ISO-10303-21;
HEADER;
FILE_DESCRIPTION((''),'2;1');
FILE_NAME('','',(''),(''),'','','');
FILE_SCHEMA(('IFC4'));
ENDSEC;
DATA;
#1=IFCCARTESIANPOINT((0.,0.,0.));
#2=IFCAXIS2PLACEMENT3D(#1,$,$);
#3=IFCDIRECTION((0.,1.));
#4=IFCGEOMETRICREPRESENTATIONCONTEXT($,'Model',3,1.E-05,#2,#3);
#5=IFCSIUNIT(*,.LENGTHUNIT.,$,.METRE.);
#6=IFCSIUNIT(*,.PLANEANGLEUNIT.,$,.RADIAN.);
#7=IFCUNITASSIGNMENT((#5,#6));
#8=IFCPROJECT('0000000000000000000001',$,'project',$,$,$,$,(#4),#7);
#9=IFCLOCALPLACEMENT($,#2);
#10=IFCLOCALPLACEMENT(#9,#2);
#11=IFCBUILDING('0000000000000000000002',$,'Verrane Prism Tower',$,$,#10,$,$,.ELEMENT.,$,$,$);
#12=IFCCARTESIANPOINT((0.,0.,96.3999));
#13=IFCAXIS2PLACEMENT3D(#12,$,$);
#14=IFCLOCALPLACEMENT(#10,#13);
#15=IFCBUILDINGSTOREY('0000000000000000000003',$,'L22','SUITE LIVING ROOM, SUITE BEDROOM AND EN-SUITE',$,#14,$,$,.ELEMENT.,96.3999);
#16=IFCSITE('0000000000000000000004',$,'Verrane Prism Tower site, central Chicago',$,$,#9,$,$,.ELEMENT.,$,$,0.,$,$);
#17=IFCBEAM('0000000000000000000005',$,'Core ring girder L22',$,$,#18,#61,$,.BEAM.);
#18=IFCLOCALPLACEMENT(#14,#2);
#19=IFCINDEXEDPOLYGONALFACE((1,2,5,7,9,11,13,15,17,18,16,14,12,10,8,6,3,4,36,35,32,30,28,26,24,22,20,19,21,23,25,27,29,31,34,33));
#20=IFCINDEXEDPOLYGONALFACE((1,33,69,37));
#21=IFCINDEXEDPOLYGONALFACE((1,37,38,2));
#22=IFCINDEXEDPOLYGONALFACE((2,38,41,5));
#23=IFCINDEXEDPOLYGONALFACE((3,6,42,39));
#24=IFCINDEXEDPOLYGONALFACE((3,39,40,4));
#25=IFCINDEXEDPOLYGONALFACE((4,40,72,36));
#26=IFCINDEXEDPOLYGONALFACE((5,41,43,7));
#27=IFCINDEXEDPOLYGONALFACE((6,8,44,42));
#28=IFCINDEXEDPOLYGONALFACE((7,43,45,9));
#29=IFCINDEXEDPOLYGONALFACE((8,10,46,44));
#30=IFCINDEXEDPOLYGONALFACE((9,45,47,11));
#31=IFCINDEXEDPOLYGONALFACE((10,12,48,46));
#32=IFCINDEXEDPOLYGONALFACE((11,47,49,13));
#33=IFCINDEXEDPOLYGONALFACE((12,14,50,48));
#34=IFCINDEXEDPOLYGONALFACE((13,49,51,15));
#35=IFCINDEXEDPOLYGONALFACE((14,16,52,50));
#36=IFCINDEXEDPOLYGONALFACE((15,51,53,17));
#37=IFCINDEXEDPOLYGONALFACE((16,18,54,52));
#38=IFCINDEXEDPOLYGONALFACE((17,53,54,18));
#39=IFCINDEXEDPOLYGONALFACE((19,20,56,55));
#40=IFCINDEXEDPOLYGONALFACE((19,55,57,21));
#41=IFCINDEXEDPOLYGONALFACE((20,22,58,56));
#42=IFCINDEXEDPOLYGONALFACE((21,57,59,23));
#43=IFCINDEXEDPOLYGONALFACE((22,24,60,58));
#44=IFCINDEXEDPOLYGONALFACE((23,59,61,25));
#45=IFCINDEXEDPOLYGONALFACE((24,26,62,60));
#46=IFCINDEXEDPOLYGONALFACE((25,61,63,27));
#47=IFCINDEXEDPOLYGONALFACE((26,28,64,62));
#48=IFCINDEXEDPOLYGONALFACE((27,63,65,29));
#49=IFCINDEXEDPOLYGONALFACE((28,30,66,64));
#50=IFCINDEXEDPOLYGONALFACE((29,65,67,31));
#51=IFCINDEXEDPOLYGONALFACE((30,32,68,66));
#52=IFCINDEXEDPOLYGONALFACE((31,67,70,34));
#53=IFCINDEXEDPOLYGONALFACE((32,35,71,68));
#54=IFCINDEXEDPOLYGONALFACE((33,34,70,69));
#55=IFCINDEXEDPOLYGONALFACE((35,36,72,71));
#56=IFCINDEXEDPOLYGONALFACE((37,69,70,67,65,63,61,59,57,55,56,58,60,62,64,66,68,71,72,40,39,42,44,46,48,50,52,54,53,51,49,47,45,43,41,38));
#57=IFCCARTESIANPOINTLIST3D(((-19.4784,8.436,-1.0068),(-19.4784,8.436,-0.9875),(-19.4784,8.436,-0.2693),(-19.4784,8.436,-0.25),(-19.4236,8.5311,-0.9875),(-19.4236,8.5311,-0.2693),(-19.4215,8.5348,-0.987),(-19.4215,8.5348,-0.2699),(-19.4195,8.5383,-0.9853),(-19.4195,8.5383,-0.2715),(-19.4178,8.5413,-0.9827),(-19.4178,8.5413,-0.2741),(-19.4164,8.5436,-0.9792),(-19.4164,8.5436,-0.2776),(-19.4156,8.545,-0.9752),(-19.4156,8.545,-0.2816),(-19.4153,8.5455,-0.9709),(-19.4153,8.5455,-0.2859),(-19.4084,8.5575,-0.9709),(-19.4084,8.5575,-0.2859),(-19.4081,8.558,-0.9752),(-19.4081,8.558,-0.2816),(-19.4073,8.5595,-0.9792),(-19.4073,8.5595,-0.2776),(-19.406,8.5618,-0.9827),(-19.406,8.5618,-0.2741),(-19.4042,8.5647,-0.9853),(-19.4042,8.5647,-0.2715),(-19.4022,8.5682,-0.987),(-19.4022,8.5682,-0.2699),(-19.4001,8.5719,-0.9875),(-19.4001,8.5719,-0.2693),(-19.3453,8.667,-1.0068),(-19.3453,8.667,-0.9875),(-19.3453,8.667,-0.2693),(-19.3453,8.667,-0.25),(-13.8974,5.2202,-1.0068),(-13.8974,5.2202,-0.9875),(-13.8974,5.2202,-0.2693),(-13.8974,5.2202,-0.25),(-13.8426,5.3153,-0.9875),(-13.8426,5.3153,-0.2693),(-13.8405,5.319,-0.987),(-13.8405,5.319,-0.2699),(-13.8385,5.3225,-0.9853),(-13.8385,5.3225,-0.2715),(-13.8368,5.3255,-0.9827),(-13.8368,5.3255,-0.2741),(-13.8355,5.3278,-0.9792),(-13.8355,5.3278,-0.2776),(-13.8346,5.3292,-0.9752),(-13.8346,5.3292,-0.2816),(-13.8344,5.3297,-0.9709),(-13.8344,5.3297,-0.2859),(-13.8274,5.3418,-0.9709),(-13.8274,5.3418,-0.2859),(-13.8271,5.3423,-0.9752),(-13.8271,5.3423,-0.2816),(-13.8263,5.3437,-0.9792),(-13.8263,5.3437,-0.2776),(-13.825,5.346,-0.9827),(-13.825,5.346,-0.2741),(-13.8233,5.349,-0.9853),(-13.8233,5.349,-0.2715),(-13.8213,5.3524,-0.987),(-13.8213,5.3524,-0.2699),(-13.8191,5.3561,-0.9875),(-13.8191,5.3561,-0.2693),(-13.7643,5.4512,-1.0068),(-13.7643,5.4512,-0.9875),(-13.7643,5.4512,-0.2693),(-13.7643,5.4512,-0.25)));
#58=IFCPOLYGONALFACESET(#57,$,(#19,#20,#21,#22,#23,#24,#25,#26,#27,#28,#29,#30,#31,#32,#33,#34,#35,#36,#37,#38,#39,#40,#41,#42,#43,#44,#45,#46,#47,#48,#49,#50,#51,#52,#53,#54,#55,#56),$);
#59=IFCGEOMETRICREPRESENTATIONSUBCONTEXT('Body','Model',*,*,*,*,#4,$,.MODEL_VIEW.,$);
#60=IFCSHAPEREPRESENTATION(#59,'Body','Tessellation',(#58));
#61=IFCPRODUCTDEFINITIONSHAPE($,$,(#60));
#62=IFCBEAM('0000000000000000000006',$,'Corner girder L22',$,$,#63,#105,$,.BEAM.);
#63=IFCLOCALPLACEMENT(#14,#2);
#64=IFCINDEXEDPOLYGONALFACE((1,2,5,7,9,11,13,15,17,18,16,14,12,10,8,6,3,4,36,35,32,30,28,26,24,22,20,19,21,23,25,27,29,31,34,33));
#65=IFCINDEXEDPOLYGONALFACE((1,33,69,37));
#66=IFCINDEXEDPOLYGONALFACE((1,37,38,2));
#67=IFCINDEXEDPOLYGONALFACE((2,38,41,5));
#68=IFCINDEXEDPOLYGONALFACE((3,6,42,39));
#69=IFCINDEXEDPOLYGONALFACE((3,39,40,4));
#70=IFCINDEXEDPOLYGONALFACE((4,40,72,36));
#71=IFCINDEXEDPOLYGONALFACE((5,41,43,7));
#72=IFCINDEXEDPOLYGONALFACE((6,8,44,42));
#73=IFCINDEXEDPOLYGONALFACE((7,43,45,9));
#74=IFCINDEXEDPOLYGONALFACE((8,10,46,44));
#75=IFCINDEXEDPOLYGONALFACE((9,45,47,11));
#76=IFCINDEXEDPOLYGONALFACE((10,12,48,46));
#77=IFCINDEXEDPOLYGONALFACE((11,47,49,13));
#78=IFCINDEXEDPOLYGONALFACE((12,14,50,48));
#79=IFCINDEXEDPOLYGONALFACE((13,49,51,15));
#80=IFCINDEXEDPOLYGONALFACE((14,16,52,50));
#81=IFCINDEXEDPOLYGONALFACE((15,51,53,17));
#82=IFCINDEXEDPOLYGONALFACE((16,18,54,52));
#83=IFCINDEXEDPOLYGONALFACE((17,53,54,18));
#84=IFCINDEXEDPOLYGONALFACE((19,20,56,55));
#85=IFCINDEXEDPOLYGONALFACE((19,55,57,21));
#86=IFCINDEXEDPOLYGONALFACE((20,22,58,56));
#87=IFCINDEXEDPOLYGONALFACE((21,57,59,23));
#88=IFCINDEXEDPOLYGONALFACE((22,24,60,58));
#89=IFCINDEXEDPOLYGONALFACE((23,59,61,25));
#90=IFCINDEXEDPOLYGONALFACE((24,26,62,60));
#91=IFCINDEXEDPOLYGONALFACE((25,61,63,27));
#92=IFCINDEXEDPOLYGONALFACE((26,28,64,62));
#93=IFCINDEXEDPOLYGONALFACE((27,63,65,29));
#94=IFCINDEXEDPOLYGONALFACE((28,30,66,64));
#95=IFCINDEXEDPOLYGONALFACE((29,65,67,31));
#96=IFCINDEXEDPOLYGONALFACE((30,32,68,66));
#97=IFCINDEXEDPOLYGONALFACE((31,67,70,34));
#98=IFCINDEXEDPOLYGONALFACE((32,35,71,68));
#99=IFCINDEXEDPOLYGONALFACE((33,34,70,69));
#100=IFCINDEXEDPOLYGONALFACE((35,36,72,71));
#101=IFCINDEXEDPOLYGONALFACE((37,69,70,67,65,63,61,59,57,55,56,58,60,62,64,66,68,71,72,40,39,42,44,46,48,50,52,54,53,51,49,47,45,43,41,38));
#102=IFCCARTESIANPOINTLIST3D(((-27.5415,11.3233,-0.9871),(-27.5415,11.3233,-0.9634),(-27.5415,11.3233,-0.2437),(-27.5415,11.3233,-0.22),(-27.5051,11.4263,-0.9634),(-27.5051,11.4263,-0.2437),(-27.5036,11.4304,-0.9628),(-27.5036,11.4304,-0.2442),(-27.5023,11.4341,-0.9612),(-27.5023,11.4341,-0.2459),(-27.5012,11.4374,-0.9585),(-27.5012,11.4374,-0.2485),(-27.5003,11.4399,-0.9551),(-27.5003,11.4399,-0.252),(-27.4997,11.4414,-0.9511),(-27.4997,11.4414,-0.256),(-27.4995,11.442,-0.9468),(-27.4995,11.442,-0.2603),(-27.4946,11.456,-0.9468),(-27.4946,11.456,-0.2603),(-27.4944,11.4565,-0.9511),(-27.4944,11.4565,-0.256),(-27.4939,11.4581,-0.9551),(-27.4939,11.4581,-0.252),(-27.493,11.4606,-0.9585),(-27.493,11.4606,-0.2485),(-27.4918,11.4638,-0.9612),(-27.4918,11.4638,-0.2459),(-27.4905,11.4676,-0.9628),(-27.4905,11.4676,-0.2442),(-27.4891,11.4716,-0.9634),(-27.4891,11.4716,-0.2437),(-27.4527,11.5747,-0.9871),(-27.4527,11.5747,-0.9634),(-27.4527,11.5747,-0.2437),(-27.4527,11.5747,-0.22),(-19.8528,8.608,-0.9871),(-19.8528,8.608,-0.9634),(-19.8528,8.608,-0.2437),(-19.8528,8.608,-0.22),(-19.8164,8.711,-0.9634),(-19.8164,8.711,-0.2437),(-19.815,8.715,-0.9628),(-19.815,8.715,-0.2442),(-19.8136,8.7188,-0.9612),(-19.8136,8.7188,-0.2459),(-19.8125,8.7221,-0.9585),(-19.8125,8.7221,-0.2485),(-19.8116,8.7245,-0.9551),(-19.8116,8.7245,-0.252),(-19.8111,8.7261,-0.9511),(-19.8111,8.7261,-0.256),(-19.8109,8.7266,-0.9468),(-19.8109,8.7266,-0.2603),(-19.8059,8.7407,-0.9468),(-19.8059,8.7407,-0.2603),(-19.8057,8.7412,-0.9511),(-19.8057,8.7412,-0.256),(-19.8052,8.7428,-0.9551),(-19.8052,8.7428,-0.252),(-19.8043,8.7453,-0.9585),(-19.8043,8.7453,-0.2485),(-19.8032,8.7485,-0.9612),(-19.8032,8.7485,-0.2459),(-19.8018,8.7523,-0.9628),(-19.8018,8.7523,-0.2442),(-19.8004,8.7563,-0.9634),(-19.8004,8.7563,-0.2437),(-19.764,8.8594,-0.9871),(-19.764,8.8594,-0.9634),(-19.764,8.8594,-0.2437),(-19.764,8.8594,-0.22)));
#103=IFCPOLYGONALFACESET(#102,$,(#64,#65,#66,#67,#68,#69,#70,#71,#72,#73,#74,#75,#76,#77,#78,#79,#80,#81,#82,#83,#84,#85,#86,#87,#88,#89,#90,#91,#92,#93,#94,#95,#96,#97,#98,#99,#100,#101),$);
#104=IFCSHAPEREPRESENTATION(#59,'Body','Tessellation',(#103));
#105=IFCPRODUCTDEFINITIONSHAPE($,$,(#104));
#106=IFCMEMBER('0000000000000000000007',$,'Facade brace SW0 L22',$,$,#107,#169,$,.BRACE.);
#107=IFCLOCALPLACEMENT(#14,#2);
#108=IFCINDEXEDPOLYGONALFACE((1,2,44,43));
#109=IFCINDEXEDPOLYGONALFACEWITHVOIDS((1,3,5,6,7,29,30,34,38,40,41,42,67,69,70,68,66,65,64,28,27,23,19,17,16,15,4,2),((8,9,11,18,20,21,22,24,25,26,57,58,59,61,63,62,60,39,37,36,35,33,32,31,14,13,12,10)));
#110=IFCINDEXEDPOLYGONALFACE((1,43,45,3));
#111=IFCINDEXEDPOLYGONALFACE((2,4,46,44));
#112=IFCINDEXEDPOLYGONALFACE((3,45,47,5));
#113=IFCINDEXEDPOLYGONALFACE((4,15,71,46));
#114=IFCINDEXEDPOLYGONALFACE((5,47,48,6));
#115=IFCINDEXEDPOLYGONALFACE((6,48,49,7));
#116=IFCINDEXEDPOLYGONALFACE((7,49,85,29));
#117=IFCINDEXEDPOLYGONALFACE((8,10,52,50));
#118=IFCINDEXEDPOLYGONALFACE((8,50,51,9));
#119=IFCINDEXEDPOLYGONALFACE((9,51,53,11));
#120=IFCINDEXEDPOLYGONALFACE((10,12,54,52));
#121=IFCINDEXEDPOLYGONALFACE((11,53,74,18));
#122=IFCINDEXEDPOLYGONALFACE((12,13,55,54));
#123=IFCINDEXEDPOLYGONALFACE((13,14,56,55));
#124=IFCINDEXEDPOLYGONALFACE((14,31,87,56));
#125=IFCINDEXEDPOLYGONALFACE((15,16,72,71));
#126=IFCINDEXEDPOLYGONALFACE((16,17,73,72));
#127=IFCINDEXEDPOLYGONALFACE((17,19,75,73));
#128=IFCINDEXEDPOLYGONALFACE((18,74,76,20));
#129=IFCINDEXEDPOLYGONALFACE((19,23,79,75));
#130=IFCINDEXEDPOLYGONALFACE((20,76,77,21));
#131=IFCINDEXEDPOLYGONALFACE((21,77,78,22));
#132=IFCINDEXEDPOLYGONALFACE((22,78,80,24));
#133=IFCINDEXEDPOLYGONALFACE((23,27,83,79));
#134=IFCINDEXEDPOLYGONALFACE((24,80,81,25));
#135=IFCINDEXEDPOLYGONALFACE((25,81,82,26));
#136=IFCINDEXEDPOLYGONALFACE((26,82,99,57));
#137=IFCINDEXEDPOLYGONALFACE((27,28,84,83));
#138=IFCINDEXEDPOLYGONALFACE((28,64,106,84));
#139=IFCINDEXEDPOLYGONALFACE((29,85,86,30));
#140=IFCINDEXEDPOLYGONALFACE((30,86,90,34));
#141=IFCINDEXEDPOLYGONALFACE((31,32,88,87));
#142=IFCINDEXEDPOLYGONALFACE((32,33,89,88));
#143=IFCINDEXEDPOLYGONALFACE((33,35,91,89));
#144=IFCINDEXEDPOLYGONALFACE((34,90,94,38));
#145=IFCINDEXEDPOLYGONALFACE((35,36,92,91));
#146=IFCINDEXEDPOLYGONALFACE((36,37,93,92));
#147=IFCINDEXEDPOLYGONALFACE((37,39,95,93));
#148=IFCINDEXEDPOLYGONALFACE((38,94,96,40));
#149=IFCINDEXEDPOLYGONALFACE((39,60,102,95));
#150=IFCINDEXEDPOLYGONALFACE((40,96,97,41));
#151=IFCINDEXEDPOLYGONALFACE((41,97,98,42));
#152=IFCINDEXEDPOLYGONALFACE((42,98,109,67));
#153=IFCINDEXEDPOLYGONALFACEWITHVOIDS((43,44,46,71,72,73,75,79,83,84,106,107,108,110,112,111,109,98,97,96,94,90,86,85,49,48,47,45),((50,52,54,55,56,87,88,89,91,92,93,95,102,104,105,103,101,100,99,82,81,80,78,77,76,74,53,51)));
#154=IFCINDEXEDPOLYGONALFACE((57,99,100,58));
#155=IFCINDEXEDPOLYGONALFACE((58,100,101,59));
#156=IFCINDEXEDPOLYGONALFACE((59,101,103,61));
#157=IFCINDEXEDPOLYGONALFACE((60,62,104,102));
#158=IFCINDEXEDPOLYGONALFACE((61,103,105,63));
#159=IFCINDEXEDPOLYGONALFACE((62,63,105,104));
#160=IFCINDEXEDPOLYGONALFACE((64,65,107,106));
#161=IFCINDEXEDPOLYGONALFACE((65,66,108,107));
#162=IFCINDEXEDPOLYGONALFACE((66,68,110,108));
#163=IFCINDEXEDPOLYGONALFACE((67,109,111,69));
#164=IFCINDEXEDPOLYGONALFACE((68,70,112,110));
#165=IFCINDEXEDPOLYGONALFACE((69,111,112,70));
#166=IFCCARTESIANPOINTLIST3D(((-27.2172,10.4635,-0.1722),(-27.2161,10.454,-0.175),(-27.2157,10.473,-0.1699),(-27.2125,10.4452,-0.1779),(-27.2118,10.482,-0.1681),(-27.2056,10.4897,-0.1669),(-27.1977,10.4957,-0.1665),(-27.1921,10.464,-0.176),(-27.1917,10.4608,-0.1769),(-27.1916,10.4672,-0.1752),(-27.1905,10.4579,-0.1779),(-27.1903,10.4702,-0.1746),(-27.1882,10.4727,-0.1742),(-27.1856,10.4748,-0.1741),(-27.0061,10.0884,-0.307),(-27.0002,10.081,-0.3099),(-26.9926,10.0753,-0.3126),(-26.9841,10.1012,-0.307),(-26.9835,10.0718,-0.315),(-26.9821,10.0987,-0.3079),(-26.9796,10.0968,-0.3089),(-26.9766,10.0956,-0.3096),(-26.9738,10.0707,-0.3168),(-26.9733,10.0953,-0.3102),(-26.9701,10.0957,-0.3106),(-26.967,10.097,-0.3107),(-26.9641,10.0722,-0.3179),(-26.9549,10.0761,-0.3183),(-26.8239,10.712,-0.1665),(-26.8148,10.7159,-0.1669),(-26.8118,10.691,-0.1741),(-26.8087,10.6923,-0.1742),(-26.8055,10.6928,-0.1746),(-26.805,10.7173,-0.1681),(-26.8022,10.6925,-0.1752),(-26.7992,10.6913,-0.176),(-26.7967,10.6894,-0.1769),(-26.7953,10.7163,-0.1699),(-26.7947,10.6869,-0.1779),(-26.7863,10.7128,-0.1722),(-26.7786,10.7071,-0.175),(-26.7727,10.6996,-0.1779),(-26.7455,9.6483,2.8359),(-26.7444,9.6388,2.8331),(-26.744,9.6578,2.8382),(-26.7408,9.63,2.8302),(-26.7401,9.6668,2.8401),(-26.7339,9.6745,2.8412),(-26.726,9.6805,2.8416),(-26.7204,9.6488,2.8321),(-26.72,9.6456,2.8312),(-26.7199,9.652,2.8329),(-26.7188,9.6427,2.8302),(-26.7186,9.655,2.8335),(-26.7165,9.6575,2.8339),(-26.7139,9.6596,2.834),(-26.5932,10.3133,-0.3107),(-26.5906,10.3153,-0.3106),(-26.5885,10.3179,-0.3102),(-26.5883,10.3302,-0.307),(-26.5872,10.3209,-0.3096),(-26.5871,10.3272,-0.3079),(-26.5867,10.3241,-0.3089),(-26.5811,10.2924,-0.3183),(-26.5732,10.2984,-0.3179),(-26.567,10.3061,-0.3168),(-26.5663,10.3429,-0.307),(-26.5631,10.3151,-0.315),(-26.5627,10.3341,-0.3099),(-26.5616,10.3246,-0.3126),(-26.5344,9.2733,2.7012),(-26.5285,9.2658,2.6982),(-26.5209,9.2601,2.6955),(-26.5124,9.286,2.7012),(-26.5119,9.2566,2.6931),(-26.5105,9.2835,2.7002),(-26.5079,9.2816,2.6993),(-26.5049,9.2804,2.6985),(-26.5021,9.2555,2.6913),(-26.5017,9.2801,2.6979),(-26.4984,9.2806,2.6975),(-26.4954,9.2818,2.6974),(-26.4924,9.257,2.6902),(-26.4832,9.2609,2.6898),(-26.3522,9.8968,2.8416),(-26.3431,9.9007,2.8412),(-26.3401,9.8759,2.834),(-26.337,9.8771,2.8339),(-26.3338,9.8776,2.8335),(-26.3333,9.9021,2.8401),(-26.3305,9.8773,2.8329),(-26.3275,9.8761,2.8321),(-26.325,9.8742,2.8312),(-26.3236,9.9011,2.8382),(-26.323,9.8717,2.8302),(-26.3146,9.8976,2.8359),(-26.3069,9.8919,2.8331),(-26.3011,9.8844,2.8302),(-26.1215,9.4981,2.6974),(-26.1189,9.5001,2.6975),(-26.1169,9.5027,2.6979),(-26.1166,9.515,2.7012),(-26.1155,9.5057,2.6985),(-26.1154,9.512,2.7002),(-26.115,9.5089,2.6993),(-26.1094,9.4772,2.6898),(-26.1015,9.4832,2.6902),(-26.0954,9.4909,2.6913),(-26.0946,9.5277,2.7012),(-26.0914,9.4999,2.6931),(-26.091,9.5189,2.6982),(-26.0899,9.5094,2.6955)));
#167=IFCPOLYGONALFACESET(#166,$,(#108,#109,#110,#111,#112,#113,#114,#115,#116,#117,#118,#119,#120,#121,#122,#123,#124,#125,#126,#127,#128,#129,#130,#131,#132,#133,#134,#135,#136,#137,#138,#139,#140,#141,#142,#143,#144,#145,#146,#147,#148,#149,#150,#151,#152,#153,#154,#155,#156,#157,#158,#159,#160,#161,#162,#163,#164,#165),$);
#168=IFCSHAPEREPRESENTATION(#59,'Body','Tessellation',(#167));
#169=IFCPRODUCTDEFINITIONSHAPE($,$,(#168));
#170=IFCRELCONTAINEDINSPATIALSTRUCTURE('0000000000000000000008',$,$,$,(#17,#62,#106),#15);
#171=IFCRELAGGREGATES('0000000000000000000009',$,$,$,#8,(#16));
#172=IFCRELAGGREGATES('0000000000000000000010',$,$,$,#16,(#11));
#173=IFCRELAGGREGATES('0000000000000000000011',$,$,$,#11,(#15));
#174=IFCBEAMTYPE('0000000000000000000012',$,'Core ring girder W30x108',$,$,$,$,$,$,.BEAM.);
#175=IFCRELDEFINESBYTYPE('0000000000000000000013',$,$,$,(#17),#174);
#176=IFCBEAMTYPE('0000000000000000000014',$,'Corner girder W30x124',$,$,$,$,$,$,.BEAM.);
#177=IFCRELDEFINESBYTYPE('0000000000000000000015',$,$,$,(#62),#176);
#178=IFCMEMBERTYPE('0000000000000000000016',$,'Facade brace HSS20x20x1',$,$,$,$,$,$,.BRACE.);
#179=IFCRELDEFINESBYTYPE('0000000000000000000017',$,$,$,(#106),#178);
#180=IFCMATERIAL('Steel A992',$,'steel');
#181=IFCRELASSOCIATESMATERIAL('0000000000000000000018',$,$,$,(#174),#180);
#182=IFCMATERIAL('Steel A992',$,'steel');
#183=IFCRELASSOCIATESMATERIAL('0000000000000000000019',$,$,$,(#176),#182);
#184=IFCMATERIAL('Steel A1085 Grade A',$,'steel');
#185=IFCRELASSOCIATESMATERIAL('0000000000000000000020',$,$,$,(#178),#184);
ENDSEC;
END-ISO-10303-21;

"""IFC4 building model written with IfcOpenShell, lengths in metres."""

from ifc_helpers import new_model, si_unit, direction, frame, origin, origin_2d, place, context, subcontext, project, spatial, hollow_rectangle, i_section, extrude, material, material_profile, profile_set, type_object, element, save


model = new_model("IFC4")

# Units and contexts
model_context = context("Model", 3, precision=1e-05, world=origin(), true_north=direction((0.0, 1.0)))
body_context = subcontext(model_context, "Body", "Model", "MODEL_VIEW")
ifc_project = project(units=[si_unit("LENGTHUNIT", "METRE"), si_unit("PLANEANGLEUNIT", "RADIAN")], contexts=[model_context])

# Site, building, storey
site_placement = place(None, origin())
site = spatial("IfcSite", under=ifc_project, at=site_placement, Name="Verrane Prism Tower site, central Chicago", CompositionType="ELEMENT", RefElevation=0.0)
building_placement = place(site_placement, origin())
building = spatial("IfcBuilding", under=site, at=building_placement, Name="Verrane Prism Tower", CompositionType="ELEMENT")
storey_placement = place(building_placement, frame((0.0, 0.0, 96.3999)))
storey = spatial("IfcBuildingStorey", under=building, at=storey_placement, Name="L22", Description="SUITE LIVING ROOM, SUITE BEDROOM AND EN-SUITE", CompositionType="ELEMENT", Elevation=96.3999)

# Beams
ifc_material_1 = material(Name="Steel A992", Category="steel")
ifc_material_profile_1 = material_profile(ifc_material_1, i_section(OverallWidth=0.2666, OverallDepth=0.7568, WebThickness=0.0139, FlangeThickness=0.0193, FilletRadius=0.0166, at=origin_2d()), Name="W30x108")
ifc_profile_set_1 = profile_set([ifc_material_profile_1], Name="Steel A992")
beam_type_1 = type_object("IfcBeamType", Name="Core ring girder W30x108", PredefinedType="BEAM", material=ifc_profile_set_1)
beam_1_placement = place(storey_placement, frame((-19.4119, 8.5515, -0.6284), z_axis=(0.866456, -0.499254, 0.0), x_axis=(0.499254, 0.866456, 0.0)))
element("IfcBeam", 1, at=beam_1_placement, inside=storey, type_object=beam_type_1, Name="Core ring girder L22", PredefinedType="BEAM", context=body_context, shape_type="SweptSolid", body=[
    extrude(i_section(OverallWidth=0.2666, OverallDepth=0.7568, WebThickness=0.0139, FlangeThickness=0.0193, FilletRadius=0.0166, at=origin_2d()), origin(), (0.0, 0.0, 1.0), 6.4412),
])
ifc_material_2 = material(Name="Steel A992", Category="steel")
ifc_material_profile_2 = material_profile(ifc_material_2, i_section(OverallWidth=0.2666, OverallDepth=0.7671, WebThickness=0.0149, FlangeThickness=0.0237, FilletRadius=0.0166, at=origin_2d()), Name="W30x124")
ifc_profile_set_2 = profile_set([ifc_material_profile_2], Name="Steel A992")
beam_type_2 = type_object("IfcBeamType", Name="Corner girder W30x124", PredefinedType="BEAM", material=ifc_profile_set_2)
beam_2_placement = place(storey_placement, frame((-27.4971, 11.449, -0.6035), z_axis=(0.942926, -0.333002, 0.0), x_axis=(0.333002, 0.942926, 0.0)))
element("IfcBeam", 2, at=beam_2_placement, inside=storey, type_object=beam_type_2, Name="Corner girder L22", PredefinedType="BEAM", context=body_context, shape_type="SweptSolid", body=[
    extrude(i_section(OverallWidth=0.2666, OverallDepth=0.7671, WebThickness=0.0149, FlangeThickness=0.0237, FilletRadius=0.0166, at=origin_2d()), origin(), (0.0, 0.0, 1.0), 8.1541),
])

# Member
ifc_material_3 = material(Name="Steel A1085 Grade A", Category="steel")
ifc_material_profile_3 = material_profile(ifc_material_3, hollow_rectangle(XDim=0.5081, YDim=0.5081, WallThickness=0.0254, InnerFilletRadius=0.0127, OuterFilletRadius=0.0381, at=origin_2d()), Name="HSS20x20x1")
ifc_profile_set_3 = profile_set([ifc_material_profile_3], Name="Steel A1085 Grade A")
member_type_1 = type_object("IfcMemberType", Name="Facade brace HSS20x20x1", PredefinedType="BRACE", material=ifc_profile_set_3)
member_1_placement = place(storey_placement, frame((-26.8894, 10.394, -0.2424), z_axis=(0.149642, -0.258621, 0.954318), x_axis=(0.86555, 0.500822, 0.0)))
element("IfcMember", 3, at=member_1_placement, inside=storey, type_object=member_type_1, Name="Facade brace SW0 L22", PredefinedType="BRACE", context=body_context, shape_type="SweptSolid", body=[
    extrude(hollow_rectangle(XDim=0.5081, YDim=0.5081, WallThickness=0.0254, InnerFilletRadius=0.0127, OuterFilletRadius=0.0381, at=origin_2d()), origin(), (0.0, 0.0, 1.0), 3.1521),
])

save(model, "model.ifc")
